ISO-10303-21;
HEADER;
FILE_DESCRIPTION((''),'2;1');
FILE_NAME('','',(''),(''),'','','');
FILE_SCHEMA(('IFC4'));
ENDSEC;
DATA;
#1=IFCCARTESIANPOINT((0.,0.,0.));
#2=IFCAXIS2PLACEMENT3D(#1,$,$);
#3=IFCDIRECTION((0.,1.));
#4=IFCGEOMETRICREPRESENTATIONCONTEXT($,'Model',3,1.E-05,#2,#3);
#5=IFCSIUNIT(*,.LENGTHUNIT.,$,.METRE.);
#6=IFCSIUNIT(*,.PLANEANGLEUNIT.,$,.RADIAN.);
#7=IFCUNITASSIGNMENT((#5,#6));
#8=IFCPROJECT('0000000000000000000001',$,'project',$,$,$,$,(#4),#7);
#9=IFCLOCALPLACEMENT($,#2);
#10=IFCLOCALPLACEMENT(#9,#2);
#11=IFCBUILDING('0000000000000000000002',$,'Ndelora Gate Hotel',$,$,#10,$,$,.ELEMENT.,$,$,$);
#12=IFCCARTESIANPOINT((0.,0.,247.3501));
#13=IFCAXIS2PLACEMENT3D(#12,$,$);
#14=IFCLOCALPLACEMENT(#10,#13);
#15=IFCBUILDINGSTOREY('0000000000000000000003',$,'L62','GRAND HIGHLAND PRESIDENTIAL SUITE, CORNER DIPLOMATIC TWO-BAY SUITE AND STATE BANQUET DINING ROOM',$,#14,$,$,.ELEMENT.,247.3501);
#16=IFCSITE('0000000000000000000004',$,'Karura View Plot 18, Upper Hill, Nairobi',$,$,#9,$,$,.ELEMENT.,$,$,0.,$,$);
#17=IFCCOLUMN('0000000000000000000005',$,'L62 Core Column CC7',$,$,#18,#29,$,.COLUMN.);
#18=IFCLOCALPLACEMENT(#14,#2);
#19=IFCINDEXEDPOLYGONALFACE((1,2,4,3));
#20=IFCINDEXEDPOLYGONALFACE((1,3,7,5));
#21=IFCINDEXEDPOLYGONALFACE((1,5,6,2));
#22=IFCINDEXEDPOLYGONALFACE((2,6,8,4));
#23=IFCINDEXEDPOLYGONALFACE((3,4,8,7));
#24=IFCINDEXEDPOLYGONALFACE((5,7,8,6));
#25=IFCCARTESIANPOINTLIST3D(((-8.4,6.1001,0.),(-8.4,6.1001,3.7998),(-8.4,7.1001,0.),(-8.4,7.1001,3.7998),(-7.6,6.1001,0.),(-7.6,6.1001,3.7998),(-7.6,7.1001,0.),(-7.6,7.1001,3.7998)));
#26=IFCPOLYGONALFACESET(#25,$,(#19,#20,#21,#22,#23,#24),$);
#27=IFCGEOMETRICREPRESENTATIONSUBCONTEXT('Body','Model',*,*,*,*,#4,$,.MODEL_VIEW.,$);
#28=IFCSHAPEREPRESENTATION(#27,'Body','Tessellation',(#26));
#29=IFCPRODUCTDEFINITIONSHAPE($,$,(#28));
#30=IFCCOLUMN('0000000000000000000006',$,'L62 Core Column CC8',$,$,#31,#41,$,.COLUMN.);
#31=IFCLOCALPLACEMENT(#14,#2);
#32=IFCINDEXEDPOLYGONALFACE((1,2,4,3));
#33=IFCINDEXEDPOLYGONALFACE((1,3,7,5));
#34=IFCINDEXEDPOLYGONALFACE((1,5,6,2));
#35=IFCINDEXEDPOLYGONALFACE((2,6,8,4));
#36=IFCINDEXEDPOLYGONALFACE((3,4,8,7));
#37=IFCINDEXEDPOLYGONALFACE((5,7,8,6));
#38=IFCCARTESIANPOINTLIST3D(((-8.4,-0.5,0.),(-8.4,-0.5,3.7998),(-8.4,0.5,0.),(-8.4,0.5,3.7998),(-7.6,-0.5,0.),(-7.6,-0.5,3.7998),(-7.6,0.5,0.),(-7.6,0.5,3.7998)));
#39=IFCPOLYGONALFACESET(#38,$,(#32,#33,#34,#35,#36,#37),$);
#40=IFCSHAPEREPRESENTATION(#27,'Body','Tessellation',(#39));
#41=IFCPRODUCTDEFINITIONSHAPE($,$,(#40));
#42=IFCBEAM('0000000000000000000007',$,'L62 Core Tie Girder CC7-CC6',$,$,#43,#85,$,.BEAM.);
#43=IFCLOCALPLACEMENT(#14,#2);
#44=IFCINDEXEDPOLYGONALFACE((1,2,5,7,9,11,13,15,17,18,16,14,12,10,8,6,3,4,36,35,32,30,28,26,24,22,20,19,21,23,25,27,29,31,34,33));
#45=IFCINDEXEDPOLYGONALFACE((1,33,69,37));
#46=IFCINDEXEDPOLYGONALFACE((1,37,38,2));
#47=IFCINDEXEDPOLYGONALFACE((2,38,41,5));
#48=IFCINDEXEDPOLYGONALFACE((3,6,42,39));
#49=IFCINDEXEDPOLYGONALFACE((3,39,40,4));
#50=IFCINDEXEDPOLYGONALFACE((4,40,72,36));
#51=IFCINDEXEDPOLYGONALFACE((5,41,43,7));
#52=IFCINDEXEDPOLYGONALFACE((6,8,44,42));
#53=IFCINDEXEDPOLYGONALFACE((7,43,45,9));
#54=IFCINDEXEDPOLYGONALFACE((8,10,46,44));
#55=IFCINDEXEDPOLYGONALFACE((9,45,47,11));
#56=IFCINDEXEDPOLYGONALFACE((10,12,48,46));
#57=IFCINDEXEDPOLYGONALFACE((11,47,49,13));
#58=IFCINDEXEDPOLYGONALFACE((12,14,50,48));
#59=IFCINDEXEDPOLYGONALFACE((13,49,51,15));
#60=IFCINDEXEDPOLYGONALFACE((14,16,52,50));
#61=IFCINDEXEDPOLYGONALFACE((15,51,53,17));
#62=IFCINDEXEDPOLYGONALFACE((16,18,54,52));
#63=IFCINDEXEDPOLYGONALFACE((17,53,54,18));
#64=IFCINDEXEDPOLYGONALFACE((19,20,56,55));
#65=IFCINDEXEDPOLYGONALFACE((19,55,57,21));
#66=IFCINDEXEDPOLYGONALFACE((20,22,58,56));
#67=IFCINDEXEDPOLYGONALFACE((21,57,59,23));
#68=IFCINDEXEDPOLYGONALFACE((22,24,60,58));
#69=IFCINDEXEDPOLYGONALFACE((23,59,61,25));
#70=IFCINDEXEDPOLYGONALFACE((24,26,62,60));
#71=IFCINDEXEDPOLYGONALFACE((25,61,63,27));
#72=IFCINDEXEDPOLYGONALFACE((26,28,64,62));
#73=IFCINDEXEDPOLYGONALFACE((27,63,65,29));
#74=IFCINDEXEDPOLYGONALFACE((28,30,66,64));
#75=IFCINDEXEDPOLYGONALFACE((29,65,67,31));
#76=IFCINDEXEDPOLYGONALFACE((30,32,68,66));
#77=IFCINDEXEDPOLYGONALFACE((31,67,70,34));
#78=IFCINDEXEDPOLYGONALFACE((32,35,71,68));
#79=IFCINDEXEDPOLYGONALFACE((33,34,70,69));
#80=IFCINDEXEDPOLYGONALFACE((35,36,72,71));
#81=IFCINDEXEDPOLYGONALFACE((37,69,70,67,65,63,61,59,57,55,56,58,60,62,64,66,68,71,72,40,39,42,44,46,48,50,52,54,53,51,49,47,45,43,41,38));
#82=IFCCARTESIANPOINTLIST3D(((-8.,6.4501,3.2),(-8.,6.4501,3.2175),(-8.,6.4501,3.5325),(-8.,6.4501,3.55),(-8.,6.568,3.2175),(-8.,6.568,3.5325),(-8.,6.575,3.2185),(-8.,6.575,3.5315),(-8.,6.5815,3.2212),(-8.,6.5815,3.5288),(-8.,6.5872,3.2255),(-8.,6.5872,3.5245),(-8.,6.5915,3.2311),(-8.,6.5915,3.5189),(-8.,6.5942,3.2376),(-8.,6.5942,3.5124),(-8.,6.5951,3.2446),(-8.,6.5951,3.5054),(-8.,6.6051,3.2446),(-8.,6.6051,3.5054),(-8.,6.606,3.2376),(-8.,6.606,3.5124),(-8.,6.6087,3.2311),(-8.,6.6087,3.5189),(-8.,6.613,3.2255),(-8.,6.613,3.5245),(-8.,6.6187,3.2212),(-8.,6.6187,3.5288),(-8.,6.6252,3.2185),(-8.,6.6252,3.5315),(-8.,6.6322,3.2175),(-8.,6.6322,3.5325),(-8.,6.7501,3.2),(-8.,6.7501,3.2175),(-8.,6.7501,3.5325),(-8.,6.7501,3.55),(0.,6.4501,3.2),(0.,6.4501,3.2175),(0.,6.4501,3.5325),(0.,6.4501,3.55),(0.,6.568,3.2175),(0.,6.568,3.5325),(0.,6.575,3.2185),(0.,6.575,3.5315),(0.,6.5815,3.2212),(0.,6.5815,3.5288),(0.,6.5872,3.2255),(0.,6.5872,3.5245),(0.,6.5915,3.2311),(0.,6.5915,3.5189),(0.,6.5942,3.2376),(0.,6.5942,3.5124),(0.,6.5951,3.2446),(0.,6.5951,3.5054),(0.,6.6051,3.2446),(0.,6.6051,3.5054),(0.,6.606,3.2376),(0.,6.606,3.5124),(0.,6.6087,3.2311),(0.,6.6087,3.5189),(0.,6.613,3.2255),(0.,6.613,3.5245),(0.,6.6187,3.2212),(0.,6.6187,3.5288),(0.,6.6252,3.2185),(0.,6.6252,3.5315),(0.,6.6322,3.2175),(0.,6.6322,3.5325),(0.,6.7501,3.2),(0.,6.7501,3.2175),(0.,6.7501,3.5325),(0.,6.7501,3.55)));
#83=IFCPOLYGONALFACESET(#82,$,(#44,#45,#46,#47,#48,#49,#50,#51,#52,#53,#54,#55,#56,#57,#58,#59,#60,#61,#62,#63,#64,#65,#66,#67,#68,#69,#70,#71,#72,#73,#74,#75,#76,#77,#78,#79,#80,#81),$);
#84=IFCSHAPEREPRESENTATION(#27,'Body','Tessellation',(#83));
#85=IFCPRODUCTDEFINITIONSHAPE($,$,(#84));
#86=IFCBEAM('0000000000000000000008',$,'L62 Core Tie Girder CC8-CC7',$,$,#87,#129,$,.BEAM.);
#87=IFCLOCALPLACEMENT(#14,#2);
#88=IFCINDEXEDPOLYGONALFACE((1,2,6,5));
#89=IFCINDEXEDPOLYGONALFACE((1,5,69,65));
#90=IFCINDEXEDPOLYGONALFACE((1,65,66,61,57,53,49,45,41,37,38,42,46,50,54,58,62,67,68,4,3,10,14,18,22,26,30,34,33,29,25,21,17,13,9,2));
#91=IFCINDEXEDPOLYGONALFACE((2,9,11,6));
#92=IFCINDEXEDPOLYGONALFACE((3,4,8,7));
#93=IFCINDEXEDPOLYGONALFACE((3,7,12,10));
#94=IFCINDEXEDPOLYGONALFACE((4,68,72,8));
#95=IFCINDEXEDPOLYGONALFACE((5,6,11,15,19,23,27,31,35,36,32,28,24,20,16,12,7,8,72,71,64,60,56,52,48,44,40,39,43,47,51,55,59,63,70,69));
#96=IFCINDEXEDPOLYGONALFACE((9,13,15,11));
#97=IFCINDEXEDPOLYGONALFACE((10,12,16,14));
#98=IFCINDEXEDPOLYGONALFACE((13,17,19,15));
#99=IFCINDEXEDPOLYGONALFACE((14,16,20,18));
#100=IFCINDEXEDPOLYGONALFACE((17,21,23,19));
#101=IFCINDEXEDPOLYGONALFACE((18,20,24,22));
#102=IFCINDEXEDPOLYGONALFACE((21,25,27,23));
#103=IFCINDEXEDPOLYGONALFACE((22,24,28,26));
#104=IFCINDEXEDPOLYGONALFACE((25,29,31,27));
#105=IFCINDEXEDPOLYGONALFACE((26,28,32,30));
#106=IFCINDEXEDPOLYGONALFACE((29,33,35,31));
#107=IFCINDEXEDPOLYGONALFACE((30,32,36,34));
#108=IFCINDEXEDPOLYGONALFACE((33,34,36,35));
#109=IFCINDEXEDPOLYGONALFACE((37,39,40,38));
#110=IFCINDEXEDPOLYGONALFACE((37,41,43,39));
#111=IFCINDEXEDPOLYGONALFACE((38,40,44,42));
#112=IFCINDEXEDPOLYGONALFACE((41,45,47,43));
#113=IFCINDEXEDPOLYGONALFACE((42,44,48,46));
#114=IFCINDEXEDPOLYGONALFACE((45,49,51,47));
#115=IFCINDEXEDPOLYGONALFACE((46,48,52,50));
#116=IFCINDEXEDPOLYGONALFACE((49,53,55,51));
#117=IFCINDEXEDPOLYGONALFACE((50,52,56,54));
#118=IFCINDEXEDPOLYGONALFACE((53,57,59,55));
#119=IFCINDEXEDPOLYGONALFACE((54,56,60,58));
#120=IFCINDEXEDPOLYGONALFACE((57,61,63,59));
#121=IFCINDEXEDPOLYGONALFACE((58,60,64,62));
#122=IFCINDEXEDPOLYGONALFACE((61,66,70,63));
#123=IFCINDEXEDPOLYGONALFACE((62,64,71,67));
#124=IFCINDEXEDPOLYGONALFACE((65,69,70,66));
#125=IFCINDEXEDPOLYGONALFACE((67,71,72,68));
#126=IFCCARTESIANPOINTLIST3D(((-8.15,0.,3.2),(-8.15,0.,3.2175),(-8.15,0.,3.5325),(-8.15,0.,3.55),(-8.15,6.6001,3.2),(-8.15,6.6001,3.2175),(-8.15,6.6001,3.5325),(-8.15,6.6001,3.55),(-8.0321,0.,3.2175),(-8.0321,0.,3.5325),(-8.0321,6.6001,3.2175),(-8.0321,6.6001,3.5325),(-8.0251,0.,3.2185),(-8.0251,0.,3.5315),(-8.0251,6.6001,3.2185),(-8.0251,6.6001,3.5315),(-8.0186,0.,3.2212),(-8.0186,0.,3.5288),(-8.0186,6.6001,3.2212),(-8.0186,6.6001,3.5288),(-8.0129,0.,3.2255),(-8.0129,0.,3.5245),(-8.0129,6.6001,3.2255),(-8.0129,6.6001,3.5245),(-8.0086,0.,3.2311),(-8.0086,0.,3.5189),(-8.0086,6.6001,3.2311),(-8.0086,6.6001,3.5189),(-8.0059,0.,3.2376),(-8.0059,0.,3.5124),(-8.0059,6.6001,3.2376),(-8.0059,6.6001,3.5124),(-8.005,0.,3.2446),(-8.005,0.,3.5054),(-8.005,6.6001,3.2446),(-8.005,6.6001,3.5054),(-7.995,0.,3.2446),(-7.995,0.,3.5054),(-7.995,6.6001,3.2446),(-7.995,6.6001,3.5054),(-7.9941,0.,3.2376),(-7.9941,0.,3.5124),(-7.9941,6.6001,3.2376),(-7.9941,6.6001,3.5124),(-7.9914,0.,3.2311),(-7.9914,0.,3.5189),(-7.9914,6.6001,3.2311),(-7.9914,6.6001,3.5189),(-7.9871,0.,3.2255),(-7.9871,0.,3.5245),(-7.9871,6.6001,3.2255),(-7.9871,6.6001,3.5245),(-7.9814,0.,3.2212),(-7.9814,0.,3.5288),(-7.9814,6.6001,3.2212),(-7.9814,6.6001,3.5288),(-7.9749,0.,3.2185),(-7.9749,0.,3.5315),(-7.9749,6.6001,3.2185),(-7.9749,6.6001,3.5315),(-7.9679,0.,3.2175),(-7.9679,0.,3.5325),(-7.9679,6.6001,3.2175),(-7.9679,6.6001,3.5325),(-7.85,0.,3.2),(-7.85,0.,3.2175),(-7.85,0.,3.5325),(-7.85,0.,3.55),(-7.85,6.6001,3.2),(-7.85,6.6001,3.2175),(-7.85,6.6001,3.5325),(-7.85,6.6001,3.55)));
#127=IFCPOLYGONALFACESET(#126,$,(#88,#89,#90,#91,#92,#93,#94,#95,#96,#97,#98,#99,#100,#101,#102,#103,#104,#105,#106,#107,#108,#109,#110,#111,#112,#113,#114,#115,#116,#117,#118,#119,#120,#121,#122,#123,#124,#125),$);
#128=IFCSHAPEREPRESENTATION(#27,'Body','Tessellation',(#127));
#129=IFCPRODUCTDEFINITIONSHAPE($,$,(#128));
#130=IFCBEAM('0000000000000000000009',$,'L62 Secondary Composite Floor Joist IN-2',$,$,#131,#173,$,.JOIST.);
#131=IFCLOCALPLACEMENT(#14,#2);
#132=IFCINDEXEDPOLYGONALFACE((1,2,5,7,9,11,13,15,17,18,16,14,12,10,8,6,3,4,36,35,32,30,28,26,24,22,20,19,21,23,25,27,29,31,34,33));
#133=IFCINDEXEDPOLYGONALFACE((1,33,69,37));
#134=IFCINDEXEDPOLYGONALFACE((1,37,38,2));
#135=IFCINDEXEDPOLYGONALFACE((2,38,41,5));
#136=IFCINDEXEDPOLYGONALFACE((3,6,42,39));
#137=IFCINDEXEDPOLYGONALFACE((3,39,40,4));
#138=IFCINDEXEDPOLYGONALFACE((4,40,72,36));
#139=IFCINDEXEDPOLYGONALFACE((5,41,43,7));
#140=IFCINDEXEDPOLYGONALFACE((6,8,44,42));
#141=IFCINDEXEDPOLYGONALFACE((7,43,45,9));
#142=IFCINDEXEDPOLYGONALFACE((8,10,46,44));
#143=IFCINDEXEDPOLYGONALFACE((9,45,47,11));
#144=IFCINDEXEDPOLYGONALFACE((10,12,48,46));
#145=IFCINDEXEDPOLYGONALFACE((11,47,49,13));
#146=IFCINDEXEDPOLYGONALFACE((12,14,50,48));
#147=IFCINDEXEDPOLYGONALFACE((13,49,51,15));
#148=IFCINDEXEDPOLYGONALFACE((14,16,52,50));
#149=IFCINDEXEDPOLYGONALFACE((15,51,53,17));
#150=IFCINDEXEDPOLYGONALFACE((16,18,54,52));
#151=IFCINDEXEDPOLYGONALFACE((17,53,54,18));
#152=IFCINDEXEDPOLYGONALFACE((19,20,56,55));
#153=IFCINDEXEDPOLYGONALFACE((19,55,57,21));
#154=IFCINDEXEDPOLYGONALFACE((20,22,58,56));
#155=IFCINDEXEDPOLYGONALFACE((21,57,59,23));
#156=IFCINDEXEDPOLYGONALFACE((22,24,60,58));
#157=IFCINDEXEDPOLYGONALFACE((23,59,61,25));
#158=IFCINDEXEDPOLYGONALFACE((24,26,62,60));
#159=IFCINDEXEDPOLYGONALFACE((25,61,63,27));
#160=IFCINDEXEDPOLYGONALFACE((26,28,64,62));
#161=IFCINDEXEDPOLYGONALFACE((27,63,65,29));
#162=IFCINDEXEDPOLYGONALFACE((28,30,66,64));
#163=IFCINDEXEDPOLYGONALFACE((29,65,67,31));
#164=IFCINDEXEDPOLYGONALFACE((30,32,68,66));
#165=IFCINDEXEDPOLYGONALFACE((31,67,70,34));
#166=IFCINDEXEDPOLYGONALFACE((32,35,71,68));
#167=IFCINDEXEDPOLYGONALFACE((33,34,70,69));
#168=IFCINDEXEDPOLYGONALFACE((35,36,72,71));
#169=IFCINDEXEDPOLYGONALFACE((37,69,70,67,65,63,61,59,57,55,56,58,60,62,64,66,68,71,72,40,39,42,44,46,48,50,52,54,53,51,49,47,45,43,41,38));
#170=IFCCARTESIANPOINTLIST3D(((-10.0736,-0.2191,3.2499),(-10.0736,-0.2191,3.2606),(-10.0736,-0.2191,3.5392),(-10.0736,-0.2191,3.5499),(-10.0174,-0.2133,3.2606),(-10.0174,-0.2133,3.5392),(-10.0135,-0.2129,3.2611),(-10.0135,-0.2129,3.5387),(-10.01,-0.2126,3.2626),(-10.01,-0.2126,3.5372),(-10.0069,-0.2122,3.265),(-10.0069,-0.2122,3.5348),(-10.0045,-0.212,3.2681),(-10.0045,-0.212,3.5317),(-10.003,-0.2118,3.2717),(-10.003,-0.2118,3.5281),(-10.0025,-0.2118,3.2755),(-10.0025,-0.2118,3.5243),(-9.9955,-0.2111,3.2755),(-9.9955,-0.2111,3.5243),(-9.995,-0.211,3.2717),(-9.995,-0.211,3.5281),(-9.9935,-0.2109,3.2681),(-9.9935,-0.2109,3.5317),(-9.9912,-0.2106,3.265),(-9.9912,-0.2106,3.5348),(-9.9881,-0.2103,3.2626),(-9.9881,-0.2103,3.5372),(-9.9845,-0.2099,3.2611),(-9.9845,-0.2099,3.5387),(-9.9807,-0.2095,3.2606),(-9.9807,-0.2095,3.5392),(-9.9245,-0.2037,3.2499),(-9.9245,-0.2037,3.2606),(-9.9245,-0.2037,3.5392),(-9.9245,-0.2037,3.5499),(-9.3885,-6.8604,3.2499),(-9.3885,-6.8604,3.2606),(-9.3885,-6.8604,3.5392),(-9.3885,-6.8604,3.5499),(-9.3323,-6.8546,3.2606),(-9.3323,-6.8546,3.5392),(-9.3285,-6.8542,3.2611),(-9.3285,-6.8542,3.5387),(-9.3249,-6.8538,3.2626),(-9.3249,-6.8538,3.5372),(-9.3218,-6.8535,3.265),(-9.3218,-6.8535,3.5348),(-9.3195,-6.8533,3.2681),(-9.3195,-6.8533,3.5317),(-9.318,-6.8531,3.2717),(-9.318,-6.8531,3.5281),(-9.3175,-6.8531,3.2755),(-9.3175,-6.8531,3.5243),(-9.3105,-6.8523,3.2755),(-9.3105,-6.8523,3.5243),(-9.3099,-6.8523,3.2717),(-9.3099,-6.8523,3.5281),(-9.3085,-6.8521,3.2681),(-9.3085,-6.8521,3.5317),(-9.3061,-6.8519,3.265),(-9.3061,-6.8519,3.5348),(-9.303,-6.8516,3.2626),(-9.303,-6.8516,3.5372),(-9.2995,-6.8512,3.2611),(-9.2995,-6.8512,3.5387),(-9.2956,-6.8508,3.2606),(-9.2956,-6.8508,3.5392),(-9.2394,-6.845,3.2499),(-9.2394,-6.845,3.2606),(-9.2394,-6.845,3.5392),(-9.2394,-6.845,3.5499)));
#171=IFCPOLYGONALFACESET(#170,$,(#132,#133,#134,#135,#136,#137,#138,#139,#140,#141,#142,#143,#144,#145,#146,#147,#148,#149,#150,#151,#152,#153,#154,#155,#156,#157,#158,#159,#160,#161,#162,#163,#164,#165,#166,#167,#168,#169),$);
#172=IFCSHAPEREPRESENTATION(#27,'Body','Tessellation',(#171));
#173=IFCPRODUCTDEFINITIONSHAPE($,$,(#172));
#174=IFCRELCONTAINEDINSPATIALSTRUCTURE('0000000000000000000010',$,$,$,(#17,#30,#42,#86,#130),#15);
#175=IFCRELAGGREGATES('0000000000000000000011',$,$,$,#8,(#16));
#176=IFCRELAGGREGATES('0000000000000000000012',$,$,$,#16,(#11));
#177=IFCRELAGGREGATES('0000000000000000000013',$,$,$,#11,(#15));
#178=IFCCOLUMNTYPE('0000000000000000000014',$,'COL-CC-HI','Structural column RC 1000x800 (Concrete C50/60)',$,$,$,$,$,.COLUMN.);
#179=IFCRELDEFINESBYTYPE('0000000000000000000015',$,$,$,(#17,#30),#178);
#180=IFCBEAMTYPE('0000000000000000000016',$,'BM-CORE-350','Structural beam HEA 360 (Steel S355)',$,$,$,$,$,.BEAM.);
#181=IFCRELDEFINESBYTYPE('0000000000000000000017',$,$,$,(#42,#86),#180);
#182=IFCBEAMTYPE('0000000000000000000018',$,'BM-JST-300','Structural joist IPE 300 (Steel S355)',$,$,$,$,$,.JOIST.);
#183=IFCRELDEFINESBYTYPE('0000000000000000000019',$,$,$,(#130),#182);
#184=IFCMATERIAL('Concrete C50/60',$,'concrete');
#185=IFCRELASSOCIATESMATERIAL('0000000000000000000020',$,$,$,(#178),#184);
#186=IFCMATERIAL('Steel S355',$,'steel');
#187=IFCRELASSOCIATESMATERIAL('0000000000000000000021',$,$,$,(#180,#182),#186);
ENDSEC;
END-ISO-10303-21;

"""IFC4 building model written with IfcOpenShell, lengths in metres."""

from ifc_helpers import new_model, si_unit, direction, frame, origin, origin_2d, place, context, subcontext, project, spatial, rectangle, i_section, extrude, material, material_profile, profile_set, type_object, element, save


model = new_model("IFC4")

# Units and contexts
model_context = context("Model", 3, precision=1e-05, world=origin(), true_north=direction((0.0, 1.0)))
body_context = subcontext(model_context, "Body", "Model", "MODEL_VIEW")
ifc_project = project(units=[si_unit("LENGTHUNIT", "METRE"), si_unit("PLANEANGLEUNIT", "RADIAN")], contexts=[model_context])

# Site, building, storey
site_placement = place(None, origin())
site = spatial("IfcSite", under=ifc_project, at=site_placement, Name="Karura View Plot 18, Upper Hill, Nairobi", CompositionType="ELEMENT", RefElevation=0.0)
building_placement = place(site_placement, origin())
building = spatial("IfcBuilding", under=site, at=building_placement, Name="Ndelora Gate Hotel", CompositionType="ELEMENT")
storey_placement = place(building_placement, frame((0.0, 0.0, 247.3501)))
storey = spatial("IfcBuildingStorey", under=building, at=storey_placement, Name="L62", Description="GRAND HIGHLAND PRESIDENTIAL SUITE, CORNER DIPLOMATIC TWO-BAY SUITE AND STATE BANQUET DINING ROOM", CompositionType="ELEMENT", Elevation=247.3501)

# Columns
ifc_material_1 = material(Name="Concrete C50/60", Category="concrete")
ifc_material_profile_1 = material_profile(ifc_material_1, rectangle(XDim=0.8, YDim=1.0, at=origin_2d()), Name="RC 1000x800")
ifc_profile_set_1 = profile_set([ifc_material_profile_1], Name="Concrete C50/60")
column_type = type_object("IfcColumnType", Name="COL-CC-HI", Description="Structural column RC 1000x800 (Concrete C50/60)", PredefinedType="COLUMN", material=ifc_profile_set_1)
for number, where, z_axis, x_axis, name in (
    (1, (-8.0, 6.6001, 0.0), (0.0, 0.0, 1.0), (1.0, 0.0, 0.0), "L62 Core Column CC7"),
    (2, (-8.0, 0.0, 0.0), (0.0, 0.0, 1.0), (1.0, 0.0, 0.0), "L62 Core Column CC8"),
):
    element("IfcColumn", number, at=place(storey_placement, frame(where, z_axis=z_axis, x_axis=x_axis)), inside=storey, type_object=column_type, Name=name, PredefinedType="COLUMN", context=body_context, shape_type="SweptSolid", body=[
        extrude(rectangle(XDim=0.8, YDim=1.0, at=origin_2d()), origin(), (0.0, 0.0, 1.0), 3.7998),
    ])

# Beams
ifc_material_2 = material(Name="Steel S355", Category="steel")
ifc_material_profile_2 = material_profile(ifc_material_2, i_section(OverallWidth=0.3, OverallDepth=0.3501, WebThickness=0.01, FlangeThickness=0.0176, FilletRadius=0.0271, at=origin_2d()), Name="HEA 360")
ifc_profile_set_2 = profile_set([ifc_material_profile_2], Name="Steel S355")
beam_type_1 = type_object("IfcBeamType", Name="BM-CORE-350", Description="Structural beam HEA 360 (Steel S355)", PredefinedType="BEAM", material=ifc_profile_set_2)
beam_1_placement = place(storey_placement, frame((-8.0, 6.6001, 3.375), z_axis=(1.0, 0.0, 0.0), x_axis=(0.0, 1.0, 0.0)))
element("IfcBeam", 3, at=beam_1_placement, inside=storey, type_object=beam_type_1, Name="L62 Core Tie Girder CC7-CC6", PredefinedType="BEAM", context=body_context, shape_type="SweptSolid", body=[
    extrude(i_section(OverallWidth=0.3, OverallDepth=0.3501, WebThickness=0.01, FlangeThickness=0.0176, FilletRadius=0.0271, at=origin_2d()), origin(), (0.0, 0.0, 1.0), 8.0),
])
beam_2_placement = place(storey_placement, frame((-8.0, 0.0, 3.375), z_axis=(0.0, 1.0, 0.0), x_axis=(-1.0, 0.0, 0.0)))
element("IfcBeam", 4, at=beam_2_placement, inside=storey, type_object=beam_type_1, Name="L62 Core Tie Girder CC8-CC7", PredefinedType="BEAM", context=body_context, shape_type="SweptSolid", body=[
    extrude(i_section(OverallWidth=0.3, OverallDepth=0.3501, WebThickness=0.01, FlangeThickness=0.0176, FilletRadius=0.0271, at=origin_2d()), origin(), (0.0, 0.0, 1.0), 6.6001),
])
ifc_material_profile_3 = material_profile(ifc_material_2, i_section(OverallWidth=0.1499, OverallDepth=0.3, WebThickness=0.0071, FlangeThickness=0.0107, FilletRadius=0.0149, at=origin_2d()), Name="IPE 300")
ifc_profile_set_3 = profile_set([ifc_material_profile_3], Name="Steel S355")
beam_type_2 = type_object("IfcBeamType", Name="BM-JST-300", Description="Structural joist IPE 300 (Steel S355)", PredefinedType="JOIST", material=ifc_profile_set_3)
beam_3_placement = place(storey_placement, frame((-9.999, -0.2114, 3.3999), z_axis=(0.102606, -0.994722, 0.0), x_axis=(0.994722, 0.102606, 0.0)))
element("IfcBeam", 5, at=beam_3_placement, inside=storey, type_object=beam_type_2, Name="L62 Secondary Composite Floor Joist IN-2", PredefinedType="JOIST", context=body_context, shape_type="SweptSolid", body=[
    extrude(i_section(OverallWidth=0.1499, OverallDepth=0.3, WebThickness=0.0071, FlangeThickness=0.0107, FilletRadius=0.0149, at=origin_2d()), origin(), (0.0, 0.0, 1.0), 6.6765),
])

save(model, "model.ifc")
